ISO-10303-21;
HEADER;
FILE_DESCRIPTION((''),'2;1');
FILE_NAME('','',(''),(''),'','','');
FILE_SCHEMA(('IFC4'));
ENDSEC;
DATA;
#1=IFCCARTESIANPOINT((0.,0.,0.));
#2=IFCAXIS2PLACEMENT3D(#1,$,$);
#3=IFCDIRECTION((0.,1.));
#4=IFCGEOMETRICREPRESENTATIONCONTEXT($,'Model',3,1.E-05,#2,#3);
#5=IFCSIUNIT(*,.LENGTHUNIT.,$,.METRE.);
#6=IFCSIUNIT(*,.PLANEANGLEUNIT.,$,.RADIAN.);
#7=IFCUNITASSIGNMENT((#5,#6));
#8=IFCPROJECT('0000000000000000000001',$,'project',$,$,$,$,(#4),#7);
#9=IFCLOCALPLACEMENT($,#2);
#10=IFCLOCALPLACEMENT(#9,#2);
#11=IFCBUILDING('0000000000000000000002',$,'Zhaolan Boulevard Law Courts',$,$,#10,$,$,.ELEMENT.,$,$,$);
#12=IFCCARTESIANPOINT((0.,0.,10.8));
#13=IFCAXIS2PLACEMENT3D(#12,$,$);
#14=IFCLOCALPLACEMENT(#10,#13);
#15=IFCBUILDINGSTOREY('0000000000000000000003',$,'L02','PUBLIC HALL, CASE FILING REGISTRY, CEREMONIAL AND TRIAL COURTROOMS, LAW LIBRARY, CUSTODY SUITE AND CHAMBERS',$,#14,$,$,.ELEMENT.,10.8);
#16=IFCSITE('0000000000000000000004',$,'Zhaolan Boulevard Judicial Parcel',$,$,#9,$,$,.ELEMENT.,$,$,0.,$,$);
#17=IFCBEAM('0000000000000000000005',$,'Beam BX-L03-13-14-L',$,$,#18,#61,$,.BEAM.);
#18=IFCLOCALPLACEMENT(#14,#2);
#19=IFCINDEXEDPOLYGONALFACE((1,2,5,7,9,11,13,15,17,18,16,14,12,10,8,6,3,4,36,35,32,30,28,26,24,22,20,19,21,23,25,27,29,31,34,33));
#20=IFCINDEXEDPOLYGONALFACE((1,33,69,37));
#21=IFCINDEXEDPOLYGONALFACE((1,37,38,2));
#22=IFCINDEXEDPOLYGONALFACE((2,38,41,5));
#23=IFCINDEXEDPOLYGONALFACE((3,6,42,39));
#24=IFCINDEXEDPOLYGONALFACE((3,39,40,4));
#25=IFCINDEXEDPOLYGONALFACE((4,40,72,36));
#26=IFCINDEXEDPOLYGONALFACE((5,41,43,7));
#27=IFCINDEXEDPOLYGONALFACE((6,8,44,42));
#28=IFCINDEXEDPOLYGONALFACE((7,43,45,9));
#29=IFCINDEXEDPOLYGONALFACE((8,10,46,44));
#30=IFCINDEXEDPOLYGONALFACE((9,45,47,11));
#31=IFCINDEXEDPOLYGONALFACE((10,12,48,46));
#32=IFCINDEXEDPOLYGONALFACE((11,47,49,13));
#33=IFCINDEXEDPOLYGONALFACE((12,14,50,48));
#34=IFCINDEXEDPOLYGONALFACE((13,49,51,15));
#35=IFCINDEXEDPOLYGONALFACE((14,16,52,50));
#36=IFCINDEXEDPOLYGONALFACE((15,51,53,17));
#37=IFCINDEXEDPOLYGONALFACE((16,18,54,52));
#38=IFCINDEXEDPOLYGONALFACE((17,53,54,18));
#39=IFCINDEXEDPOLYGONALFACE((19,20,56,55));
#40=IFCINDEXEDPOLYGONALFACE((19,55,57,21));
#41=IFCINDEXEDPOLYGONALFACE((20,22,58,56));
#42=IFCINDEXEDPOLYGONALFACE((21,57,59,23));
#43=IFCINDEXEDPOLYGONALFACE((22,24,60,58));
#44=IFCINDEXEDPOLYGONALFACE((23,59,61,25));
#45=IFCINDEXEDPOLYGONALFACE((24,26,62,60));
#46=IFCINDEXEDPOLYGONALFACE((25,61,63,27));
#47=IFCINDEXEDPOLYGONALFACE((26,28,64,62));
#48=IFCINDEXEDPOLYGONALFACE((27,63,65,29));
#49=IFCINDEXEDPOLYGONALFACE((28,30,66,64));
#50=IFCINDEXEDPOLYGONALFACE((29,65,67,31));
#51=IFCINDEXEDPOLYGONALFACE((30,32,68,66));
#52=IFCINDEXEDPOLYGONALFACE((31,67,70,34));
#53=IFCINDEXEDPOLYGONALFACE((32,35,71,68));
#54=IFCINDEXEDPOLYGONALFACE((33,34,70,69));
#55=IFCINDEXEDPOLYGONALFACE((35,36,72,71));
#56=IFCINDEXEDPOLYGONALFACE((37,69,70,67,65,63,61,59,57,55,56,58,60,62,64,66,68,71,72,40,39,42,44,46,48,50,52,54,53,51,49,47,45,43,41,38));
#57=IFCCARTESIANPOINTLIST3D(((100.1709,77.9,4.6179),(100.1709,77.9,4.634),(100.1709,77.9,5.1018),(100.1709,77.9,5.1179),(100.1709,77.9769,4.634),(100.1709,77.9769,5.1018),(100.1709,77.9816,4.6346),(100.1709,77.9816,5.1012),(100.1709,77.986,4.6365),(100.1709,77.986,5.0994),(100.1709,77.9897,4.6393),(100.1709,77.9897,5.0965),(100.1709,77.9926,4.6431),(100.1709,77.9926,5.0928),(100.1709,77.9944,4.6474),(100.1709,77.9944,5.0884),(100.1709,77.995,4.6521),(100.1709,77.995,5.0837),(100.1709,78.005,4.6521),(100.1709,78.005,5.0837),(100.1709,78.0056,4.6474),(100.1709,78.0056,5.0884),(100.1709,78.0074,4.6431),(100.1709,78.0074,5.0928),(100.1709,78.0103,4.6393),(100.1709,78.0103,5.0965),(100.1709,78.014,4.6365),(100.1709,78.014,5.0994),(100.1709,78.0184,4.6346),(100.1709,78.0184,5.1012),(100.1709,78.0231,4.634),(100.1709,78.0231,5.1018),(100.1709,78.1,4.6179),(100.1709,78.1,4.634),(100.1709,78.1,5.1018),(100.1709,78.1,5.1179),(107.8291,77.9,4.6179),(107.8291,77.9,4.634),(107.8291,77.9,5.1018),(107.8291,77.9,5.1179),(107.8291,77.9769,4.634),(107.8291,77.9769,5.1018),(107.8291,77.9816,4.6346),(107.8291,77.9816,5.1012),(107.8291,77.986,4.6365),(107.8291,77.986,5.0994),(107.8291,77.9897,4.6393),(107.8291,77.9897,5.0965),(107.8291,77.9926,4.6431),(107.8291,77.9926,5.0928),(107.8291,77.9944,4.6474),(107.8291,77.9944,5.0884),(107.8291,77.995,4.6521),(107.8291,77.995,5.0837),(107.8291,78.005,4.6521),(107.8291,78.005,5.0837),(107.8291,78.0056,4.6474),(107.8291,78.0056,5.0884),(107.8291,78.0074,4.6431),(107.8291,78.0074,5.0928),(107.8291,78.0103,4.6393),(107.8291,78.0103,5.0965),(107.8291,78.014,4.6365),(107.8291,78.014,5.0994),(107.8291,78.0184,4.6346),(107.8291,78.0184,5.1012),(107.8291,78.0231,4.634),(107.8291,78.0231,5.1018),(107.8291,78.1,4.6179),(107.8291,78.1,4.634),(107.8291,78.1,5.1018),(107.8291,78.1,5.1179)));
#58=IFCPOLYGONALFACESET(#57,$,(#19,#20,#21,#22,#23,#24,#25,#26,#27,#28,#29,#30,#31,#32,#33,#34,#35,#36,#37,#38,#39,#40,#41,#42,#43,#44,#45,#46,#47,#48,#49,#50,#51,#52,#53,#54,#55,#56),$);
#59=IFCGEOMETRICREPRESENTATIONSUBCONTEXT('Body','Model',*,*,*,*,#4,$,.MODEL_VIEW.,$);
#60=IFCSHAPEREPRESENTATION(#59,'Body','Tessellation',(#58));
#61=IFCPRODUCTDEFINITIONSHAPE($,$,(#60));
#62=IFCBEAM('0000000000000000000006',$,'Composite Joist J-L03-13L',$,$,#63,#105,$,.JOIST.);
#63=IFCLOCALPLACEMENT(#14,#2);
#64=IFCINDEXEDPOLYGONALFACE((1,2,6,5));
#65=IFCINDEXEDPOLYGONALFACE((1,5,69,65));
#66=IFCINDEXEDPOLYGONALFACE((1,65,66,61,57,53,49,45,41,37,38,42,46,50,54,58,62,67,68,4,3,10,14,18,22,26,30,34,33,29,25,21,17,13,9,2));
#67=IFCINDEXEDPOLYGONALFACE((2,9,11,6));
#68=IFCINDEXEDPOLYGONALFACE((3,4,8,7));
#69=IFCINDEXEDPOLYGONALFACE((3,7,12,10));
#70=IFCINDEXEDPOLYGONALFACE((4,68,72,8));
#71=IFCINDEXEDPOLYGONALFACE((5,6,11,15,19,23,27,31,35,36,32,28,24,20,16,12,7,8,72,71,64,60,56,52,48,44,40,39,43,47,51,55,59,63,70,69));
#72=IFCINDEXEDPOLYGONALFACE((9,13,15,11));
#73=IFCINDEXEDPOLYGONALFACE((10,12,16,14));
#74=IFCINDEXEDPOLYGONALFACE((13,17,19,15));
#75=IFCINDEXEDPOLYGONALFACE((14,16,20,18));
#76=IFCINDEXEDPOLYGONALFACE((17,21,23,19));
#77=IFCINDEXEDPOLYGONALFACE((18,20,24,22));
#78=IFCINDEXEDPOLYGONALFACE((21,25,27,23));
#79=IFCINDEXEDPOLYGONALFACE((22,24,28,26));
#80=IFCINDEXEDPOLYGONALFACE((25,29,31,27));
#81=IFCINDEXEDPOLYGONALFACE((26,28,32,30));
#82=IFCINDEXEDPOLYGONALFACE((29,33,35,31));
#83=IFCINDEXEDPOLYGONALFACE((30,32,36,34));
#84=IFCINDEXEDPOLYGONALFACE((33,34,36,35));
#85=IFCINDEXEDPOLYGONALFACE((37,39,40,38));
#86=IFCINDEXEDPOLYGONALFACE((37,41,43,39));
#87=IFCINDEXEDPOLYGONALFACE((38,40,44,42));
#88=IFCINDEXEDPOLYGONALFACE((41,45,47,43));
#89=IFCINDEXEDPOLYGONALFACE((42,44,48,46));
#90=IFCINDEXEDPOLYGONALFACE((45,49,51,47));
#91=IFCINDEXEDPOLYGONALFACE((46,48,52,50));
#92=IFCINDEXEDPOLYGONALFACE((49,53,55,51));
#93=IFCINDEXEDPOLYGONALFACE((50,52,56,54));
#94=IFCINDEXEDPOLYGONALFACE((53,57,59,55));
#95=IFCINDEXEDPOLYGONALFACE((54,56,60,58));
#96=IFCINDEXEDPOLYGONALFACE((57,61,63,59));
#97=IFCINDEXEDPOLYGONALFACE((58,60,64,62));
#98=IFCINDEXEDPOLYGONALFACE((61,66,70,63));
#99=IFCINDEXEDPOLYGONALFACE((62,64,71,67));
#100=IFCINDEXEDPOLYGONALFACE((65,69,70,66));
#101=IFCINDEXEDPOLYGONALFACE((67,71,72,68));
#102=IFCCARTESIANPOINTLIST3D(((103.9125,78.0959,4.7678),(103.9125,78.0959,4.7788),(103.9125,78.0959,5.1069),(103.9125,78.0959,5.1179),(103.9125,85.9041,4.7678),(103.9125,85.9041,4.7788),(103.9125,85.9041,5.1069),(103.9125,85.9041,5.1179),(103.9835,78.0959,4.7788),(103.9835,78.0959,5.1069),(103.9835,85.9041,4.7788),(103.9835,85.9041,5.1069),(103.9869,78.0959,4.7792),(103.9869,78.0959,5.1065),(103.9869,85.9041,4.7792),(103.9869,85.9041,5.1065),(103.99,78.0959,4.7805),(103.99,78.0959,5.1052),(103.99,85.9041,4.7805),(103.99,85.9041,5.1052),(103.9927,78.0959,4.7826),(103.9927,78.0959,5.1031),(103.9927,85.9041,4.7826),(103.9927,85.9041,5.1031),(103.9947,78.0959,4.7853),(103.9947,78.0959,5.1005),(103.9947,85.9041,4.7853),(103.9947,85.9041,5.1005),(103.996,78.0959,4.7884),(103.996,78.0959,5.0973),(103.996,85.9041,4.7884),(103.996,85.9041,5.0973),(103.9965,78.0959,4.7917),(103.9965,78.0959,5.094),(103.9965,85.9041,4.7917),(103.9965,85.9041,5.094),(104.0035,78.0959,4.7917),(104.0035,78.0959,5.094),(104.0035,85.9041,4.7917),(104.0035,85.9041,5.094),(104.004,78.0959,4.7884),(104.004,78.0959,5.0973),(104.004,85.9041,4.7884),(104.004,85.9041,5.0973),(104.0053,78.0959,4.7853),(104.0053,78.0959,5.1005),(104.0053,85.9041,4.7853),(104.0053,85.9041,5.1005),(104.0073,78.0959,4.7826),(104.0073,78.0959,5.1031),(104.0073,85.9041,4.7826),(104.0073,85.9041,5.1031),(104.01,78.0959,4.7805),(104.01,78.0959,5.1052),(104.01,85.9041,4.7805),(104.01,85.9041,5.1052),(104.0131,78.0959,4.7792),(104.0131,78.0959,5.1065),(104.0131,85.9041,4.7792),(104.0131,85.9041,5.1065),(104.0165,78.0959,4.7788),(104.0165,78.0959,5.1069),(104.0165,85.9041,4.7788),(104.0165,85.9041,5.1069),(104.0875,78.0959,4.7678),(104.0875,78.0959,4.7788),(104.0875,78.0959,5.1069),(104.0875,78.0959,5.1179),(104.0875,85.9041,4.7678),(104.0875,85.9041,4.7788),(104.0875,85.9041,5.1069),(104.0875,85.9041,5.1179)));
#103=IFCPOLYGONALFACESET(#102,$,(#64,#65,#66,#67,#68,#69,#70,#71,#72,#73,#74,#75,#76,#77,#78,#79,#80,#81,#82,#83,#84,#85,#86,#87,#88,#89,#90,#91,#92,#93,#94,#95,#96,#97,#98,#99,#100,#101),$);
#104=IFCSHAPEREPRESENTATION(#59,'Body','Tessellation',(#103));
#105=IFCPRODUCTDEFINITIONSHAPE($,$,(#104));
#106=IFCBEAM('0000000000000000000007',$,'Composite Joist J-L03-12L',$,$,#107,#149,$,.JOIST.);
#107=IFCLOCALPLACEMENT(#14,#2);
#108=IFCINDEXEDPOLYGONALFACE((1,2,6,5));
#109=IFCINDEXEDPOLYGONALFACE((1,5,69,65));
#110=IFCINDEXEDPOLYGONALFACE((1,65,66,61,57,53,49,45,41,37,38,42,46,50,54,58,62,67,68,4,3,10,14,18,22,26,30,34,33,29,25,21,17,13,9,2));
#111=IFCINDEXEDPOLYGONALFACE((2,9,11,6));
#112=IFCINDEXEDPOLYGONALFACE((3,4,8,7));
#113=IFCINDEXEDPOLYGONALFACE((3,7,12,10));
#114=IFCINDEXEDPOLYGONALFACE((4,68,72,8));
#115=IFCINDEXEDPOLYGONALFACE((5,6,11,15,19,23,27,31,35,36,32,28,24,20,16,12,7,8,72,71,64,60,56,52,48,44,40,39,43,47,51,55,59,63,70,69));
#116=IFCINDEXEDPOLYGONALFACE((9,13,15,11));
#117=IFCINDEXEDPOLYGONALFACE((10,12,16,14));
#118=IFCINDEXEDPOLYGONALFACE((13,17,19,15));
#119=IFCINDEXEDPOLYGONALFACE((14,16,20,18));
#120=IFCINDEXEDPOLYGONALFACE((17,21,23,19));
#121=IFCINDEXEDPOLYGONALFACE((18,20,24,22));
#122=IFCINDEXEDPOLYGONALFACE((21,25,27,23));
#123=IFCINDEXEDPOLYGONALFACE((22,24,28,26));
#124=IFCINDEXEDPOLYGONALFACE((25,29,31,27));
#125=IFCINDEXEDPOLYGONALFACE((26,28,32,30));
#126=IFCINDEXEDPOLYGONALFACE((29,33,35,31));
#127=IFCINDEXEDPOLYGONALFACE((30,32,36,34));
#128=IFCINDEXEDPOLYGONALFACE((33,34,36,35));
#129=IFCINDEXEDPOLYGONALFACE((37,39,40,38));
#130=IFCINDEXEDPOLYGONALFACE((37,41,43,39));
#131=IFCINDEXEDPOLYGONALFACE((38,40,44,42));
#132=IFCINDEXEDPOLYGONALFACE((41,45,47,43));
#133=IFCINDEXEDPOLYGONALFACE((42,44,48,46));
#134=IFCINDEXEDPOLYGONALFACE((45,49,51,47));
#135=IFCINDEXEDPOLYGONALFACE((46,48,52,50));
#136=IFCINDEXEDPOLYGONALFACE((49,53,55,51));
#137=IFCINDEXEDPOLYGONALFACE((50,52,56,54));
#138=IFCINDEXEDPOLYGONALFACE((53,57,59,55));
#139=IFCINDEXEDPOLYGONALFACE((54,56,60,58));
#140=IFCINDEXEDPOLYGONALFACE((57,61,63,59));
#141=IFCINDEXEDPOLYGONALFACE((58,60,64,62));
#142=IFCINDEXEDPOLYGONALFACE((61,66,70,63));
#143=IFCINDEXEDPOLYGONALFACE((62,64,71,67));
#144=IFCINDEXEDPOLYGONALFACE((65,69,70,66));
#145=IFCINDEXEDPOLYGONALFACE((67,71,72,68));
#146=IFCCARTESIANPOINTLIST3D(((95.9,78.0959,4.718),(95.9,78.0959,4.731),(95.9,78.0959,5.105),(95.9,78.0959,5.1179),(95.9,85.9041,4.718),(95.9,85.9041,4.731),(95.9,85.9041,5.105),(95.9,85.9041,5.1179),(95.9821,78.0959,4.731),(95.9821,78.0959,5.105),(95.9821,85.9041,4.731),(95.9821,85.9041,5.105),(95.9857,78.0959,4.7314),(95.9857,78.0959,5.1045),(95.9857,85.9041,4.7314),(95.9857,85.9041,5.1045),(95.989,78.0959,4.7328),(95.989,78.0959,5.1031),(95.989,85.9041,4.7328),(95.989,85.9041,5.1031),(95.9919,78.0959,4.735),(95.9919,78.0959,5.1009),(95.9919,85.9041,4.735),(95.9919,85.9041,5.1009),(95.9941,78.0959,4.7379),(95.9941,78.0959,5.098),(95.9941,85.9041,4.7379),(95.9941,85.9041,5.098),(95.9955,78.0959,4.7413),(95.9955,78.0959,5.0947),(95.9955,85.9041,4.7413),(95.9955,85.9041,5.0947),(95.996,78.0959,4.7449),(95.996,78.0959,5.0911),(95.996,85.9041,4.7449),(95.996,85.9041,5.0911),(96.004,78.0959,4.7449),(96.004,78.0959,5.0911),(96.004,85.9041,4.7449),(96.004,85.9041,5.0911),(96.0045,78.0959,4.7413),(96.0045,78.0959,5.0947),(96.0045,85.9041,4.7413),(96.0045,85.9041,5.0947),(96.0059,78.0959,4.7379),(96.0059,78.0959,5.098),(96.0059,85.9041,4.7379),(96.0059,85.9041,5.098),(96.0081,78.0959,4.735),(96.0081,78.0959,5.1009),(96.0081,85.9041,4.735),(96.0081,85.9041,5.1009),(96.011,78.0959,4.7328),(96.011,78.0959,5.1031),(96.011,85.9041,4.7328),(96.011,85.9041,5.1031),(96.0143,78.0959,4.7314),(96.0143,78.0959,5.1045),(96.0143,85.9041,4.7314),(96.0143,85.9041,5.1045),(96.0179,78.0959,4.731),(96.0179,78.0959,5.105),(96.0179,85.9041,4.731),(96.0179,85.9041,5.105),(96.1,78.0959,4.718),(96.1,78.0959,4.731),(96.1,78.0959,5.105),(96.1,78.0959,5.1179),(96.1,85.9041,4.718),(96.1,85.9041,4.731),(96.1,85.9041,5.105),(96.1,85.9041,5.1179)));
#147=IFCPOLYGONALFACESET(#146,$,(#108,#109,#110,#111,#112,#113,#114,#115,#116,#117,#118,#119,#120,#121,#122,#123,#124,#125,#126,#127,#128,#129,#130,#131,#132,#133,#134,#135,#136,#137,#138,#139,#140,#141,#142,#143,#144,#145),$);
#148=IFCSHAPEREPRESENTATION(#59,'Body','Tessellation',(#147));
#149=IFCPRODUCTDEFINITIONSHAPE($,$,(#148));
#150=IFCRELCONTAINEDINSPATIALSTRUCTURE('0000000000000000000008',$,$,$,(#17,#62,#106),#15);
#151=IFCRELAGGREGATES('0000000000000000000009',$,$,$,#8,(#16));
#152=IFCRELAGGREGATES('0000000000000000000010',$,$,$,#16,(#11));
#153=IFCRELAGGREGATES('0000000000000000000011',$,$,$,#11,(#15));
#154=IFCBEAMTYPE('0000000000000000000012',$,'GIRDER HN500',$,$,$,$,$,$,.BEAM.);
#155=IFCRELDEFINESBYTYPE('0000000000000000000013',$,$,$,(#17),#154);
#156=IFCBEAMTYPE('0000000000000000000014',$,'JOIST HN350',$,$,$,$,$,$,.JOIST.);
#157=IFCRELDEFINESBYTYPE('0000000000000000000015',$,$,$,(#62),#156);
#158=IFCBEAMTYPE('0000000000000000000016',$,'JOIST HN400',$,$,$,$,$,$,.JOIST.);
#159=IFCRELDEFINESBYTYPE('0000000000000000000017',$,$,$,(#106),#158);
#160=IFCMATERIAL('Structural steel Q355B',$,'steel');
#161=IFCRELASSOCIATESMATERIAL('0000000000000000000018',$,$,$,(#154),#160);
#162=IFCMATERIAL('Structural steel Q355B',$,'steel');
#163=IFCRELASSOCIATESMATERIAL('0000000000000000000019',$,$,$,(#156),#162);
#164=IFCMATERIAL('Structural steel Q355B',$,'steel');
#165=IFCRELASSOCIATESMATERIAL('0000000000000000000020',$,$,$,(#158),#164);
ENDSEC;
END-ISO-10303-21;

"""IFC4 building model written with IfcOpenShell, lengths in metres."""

from ifc_helpers import new_model, si_unit, direction, frame, origin, origin_2d, place, context, subcontext, project, spatial, i_section, extrude, material, material_profile, profile_set, type_object, element, save


model = new_model("IFC4")

# Units and contexts
model_context = context("Model", 3, precision=1e-05, world=origin(), true_north=direction((0.0, 1.0)))
body_context = subcontext(model_context, "Body", "Model", "MODEL_VIEW")
ifc_project = project(units=[si_unit("LENGTHUNIT", "METRE"), si_unit("PLANEANGLEUNIT", "RADIAN")], contexts=[model_context])

# Site, building, storey
site_placement = place(None, origin())
site = spatial("IfcSite", under=ifc_project, at=site_placement, Name="Zhaolan Boulevard Judicial Parcel", CompositionType="ELEMENT", RefElevation=0.0)
building_placement = place(site_placement, origin())
building = spatial("IfcBuilding", under=site, at=building_placement, Name="Zhaolan Boulevard Law Courts", CompositionType="ELEMENT")
storey_placement = place(building_placement, frame((0.0, 0.0, 10.8)))
storey = spatial("IfcBuildingStorey", under=building, at=storey_placement, Name="L02", Description="PUBLIC HALL, CASE FILING REGISTRY, CEREMONIAL AND TRIAL COURTROOMS, LAW LIBRARY, CUSTODY SUITE AND CHAMBERS", CompositionType="ELEMENT", Elevation=10.8)

# Beams
ifc_material_1 = material(Name="Structural steel Q355B", Category="steel")
ifc_material_profile_1 = material_profile(ifc_material_1, i_section(OverallWidth=0.2, OverallDepth=0.5, WebThickness=0.01, FlangeThickness=0.0161, FilletRadius=0.0181, at=origin_2d()), Name="HN500x200")
ifc_profile_set_1 = profile_set([ifc_material_profile_1], Name="Structural steel Q355B")
beam_type_1 = type_object("IfcBeamType", Name="GIRDER HN500", PredefinedType="BEAM", material=ifc_profile_set_1)
beam_1_placement = place(storey_placement, frame((100.1709, 78.0, 4.8679), z_axis=(1.0, 0.0, 0.0), x_axis=(0.0, 1.0, 0.0)))
element("IfcBeam", 1, at=beam_1_placement, inside=storey, type_object=beam_type_1, Name="Beam BX-L03-13-14-L", PredefinedType="BEAM", context=body_context, shape_type="SweptSolid", body=[
    extrude(i_section(OverallWidth=0.2, OverallDepth=0.5, WebThickness=0.01, FlangeThickness=0.0161, FilletRadius=0.0181, at=origin_2d()), origin(), (0.0, 0.0, 1.0), 7.6582),
])
ifc_material_2 = material(Name="Structural steel Q355B", Category="steel")
ifc_material_profile_2 = material_profile(ifc_material_2, i_section(OverallWidth=0.175, OverallDepth=0.3501, WebThickness=0.0071, FlangeThickness=0.011, FilletRadius=0.0129, at=origin_2d()), Name="HN350x175")
ifc_profile_set_2 = profile_set([ifc_material_profile_2], Name="Structural steel Q355B")
beam_type_2 = type_object("IfcBeamType", Name="JOIST HN350", PredefinedType="JOIST", material=ifc_profile_set_2)
beam_2_placement = place(storey_placement, frame((104.0, 78.0959, 4.9429), z_axis=(0.0, 1.0, 0.0), x_axis=(-1.0, 0.0, 0.0)))
element("IfcBeam", 2, at=beam_2_placement, inside=storey, type_object=beam_type_2, Name="Composite Joist J-L03-13L", PredefinedType="JOIST", context=body_context, shape_type="SweptSolid", body=[
    extrude(i_section(OverallWidth=0.175, OverallDepth=0.3501, WebThickness=0.0071, FlangeThickness=0.011, FilletRadius=0.0129, at=origin_2d()), origin(), (0.0, 0.0, 1.0), 7.8081),
])
ifc_material_3 = material(Name="Structural steel Q355B", Category="steel")
ifc_material_profile_3 = material_profile(ifc_material_3, i_section(OverallWidth=0.2, OverallDepth=0.3999, WebThickness=0.0081, FlangeThickness=0.0129, FilletRadius=0.0139, at=origin_2d()), Name="HN400x200")
ifc_profile_set_3 = profile_set([ifc_material_profile_3], Name="Structural steel Q355B")
beam_type_3 = type_object("IfcBeamType", Name="JOIST HN400", PredefinedType="JOIST", material=ifc_profile_set_3)
beam_3_placement = place(storey_placement, frame((96.0, 78.0959, 4.918), z_axis=(0.0, 1.0, 0.0), x_axis=(-1.0, 0.0, 0.0)))
element("IfcBeam", 3, at=beam_3_placement, inside=storey, type_object=beam_type_3, Name="Composite Joist J-L03-12L", PredefinedType="JOIST", context=body_context, shape_type="SweptSolid", body=[
    extrude(i_section(OverallWidth=0.2, OverallDepth=0.3999, WebThickness=0.0081, FlangeThickness=0.0129, FilletRadius=0.0139, at=origin_2d()), origin(), (0.0, 0.0, 1.0), 7.8081),
])

save(model, "model.ifc")
